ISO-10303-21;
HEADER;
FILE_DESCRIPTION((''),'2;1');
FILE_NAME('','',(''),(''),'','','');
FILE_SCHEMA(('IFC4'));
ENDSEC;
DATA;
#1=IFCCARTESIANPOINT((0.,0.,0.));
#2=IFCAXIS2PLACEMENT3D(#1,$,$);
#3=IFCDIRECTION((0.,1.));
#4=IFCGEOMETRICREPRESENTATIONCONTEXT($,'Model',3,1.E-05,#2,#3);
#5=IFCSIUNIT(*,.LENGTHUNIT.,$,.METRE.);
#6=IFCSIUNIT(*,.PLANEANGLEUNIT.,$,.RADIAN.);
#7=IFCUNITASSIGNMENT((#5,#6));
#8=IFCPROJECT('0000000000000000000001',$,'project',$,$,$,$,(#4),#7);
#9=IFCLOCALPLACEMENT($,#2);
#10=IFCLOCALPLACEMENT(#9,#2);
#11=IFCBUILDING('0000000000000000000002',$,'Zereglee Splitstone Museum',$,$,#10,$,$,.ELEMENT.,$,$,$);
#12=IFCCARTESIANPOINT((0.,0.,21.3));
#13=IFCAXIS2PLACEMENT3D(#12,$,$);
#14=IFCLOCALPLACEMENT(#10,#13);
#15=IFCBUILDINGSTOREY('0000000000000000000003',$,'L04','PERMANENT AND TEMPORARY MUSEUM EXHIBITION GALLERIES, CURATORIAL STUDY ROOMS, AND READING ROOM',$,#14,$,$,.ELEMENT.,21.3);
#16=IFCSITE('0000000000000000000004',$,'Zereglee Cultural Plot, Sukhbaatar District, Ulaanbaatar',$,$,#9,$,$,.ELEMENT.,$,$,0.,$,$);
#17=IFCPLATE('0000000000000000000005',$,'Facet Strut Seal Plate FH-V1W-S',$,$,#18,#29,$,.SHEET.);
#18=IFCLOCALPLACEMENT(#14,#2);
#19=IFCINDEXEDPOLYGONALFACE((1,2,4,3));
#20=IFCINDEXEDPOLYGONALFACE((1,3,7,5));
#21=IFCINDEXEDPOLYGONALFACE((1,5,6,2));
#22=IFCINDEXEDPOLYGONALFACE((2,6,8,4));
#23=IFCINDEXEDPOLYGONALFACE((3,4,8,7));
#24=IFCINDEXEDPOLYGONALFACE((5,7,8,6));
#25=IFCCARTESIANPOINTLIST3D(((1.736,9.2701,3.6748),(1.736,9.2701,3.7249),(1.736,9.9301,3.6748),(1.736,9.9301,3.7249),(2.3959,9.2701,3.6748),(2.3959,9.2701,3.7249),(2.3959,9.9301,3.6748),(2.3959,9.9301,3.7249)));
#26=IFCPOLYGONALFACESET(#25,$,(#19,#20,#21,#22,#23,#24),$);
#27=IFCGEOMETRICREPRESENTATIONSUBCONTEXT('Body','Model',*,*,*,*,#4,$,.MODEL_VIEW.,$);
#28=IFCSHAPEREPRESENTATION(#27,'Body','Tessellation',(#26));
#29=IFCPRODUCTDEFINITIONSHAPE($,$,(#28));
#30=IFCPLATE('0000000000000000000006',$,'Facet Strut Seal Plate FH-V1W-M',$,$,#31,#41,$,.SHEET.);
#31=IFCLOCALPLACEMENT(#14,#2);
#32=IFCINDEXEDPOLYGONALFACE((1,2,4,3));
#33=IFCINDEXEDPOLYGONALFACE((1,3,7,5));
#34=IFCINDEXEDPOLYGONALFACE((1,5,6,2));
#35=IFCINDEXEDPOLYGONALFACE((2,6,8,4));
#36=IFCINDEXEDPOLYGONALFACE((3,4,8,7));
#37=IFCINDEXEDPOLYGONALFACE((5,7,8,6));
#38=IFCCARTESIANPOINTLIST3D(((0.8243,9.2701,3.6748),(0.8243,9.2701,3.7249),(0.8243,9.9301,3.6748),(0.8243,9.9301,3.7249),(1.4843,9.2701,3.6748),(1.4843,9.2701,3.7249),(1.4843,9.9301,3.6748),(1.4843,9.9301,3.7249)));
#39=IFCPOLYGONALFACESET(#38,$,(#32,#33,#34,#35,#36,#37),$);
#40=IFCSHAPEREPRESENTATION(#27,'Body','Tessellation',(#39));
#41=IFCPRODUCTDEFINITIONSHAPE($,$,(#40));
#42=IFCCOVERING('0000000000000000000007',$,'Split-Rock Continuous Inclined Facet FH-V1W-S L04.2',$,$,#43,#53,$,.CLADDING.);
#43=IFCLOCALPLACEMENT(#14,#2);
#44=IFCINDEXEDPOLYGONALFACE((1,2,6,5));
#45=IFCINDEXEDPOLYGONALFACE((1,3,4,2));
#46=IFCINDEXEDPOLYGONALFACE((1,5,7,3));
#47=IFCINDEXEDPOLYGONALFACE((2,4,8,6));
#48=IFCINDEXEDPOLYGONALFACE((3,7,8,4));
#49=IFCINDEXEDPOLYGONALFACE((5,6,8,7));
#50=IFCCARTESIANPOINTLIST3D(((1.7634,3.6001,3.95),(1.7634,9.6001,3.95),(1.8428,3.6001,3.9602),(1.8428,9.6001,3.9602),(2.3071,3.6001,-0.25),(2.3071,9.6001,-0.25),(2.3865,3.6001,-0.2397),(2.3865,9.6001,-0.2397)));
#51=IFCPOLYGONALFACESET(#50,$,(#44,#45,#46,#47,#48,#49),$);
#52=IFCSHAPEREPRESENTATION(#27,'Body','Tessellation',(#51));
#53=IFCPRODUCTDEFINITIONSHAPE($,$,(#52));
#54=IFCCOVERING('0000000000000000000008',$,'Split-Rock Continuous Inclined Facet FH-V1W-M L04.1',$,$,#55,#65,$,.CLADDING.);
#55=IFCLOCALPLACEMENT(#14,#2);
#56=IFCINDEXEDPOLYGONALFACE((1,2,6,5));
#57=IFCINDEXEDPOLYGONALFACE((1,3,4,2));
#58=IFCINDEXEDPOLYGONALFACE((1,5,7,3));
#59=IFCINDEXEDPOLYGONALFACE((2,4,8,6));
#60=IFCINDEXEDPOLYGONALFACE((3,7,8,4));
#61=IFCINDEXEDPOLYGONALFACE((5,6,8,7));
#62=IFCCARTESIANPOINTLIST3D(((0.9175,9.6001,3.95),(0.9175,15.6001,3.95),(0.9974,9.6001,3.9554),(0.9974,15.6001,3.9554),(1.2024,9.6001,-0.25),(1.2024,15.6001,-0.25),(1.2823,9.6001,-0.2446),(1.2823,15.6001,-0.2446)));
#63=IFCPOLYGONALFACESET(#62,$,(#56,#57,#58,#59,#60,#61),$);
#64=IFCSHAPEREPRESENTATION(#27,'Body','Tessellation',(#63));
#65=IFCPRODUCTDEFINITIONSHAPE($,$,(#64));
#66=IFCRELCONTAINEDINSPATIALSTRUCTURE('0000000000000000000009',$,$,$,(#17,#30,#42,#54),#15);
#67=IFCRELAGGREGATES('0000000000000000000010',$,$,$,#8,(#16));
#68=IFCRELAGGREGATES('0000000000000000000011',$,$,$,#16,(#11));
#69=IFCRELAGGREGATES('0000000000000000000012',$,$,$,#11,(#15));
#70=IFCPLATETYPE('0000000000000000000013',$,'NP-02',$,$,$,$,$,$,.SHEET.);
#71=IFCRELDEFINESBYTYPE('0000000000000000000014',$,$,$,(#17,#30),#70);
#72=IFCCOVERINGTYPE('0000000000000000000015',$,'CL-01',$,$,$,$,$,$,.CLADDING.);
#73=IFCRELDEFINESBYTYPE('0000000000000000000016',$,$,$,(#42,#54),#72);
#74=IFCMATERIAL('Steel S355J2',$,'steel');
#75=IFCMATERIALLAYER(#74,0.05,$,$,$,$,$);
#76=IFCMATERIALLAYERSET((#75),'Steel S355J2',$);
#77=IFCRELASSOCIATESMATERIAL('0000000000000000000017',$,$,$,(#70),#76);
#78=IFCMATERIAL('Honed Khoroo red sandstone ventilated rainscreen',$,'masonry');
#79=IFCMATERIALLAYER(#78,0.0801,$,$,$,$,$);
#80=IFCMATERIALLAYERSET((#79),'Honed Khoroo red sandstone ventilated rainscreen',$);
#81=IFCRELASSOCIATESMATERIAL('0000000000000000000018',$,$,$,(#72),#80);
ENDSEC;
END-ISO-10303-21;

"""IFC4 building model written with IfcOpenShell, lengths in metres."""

from ifc_helpers import new_model, si_unit, direction, frame, origin, origin_2d, place, context, subcontext, project, spatial, polyline, rectangle, outline, extrude, material, layer, layer_set, type_object, element, save


model = new_model("IFC4")

# Units and contexts
model_context = context("Model", 3, precision=1e-05, world=origin(), true_north=direction((0.0, 1.0)))
body_context = subcontext(model_context, "Body", "Model", "MODEL_VIEW")
ifc_project = project(units=[si_unit("LENGTHUNIT", "METRE"), si_unit("PLANEANGLEUNIT", "RADIAN")], contexts=[model_context])

# Site, building, storey
site_placement = place(None, origin())
site = spatial("IfcSite", under=ifc_project, at=site_placement, Name="Zereglee Cultural Plot, Sukhbaatar District, Ulaanbaatar", CompositionType="ELEMENT", RefElevation=0.0)
building_placement = place(site_placement, origin())
building = spatial("IfcBuilding", under=site, at=building_placement, Name="Zereglee Splitstone Museum", CompositionType="ELEMENT")
storey_placement = place(building_placement, frame((0.0, 0.0, 21.3)))
storey = spatial("IfcBuildingStorey", under=building, at=storey_placement, Name="L04", Description="PERMANENT AND TEMPORARY MUSEUM EXHIBITION GALLERIES, CURATORIAL STUDY ROOMS, AND READING ROOM", CompositionType="ELEMENT", Elevation=21.3)

# Shared definitions
ifc_material_1 = material(Name="Steel S355J2", Category="steel")

# Plates
ifc_layer_1 = layer(ifc_material_1, 0.05)
ifc_layer_set_1 = layer_set([ifc_layer_1], Name="Steel S355J2")
plate_type_1 = type_object("IfcPlateType", Name="NP-02", PredefinedType="SHEET", material=ifc_layer_set_1)
for number, where, z_axis, x_axis, name in (
    (1, (2.0659, 9.6001, 3.6748), (0.0, 0.0, 1.0), (1.0, 0.0, 0.0), "Facet Strut Seal Plate FH-V1W-S"),
    (2, (1.1543, 9.6001, 3.6748), (0.0, 0.0, 1.0), (1.0, 0.0, 0.0), "Facet Strut Seal Plate FH-V1W-M"),
):
    element("IfcPlate", number, at=place(storey_placement, frame(where, z_axis=z_axis, x_axis=x_axis)), inside=storey, type_object=plate_type_1, Name=name, PredefinedType="SHEET", context=body_context, shape_type="SweptSolid", body=[
        extrude(rectangle(XDim=0.6599, YDim=0.6599, at=origin_2d()), origin(), (0.0, 0.0, 1.0), 0.05),
    ])

# Coverings
ifc_material_2 = material(Name="Honed Khoroo red sandstone ventilated rainscreen", Category="masonry")
ifc_layer_2 = layer(ifc_material_2, 0.0801)
ifc_layer_set_2 = layer_set([ifc_layer_2], Name="Honed Khoroo red sandstone ventilated rainscreen")
covering_type = type_object("IfcCoveringType", Name="CL-01", PredefinedType="CLADDING", material=ifc_layer_set_2)
covering_1_placement = place(storey_placement, frame((1.7634, 3.6001, 3.95), z_axis=(-0.991725, 0.0, -0.128383), x_axis=(0.0, 1.0, 0.0)))
element("IfcCovering", 3, at=covering_1_placement, inside=storey, type_object=covering_type, Name="Split-Rock Continuous Inclined Facet FH-V1W-S L04.2", PredefinedType="CLADDING", context=body_context, shape_type="SweptSolid", body=[
    extrude(outline(polyline([(0.0, 0.0), (6.0, 0.0), (6.0, 4.235), (0.0, 4.235), (0.0, 0.0)])), origin(), (0.0, 0.0, -1.0), 0.0801),
])
covering_2_placement = place(storey_placement, frame((0.9175, 9.6001, 3.95), z_axis=(-0.997707, 0.0, -0.067681), x_axis=(0.0, 1.0, 0.0)))
element("IfcCovering", 4, at=covering_2_placement, inside=storey, type_object=covering_type, Name="Split-Rock Continuous Inclined Facet FH-V1W-M L04.1", PredefinedType="CLADDING", context=body_context, shape_type="SweptSolid", body=[
    extrude(outline(polyline([(0.0, 0.0), (6.0, 0.0), (6.0, 4.2096), (0.0, 4.2096), (0.0, 0.0)])), origin(), (0.0, 0.0, -1.0), 0.0801),
])

save(model, "model.ifc")
